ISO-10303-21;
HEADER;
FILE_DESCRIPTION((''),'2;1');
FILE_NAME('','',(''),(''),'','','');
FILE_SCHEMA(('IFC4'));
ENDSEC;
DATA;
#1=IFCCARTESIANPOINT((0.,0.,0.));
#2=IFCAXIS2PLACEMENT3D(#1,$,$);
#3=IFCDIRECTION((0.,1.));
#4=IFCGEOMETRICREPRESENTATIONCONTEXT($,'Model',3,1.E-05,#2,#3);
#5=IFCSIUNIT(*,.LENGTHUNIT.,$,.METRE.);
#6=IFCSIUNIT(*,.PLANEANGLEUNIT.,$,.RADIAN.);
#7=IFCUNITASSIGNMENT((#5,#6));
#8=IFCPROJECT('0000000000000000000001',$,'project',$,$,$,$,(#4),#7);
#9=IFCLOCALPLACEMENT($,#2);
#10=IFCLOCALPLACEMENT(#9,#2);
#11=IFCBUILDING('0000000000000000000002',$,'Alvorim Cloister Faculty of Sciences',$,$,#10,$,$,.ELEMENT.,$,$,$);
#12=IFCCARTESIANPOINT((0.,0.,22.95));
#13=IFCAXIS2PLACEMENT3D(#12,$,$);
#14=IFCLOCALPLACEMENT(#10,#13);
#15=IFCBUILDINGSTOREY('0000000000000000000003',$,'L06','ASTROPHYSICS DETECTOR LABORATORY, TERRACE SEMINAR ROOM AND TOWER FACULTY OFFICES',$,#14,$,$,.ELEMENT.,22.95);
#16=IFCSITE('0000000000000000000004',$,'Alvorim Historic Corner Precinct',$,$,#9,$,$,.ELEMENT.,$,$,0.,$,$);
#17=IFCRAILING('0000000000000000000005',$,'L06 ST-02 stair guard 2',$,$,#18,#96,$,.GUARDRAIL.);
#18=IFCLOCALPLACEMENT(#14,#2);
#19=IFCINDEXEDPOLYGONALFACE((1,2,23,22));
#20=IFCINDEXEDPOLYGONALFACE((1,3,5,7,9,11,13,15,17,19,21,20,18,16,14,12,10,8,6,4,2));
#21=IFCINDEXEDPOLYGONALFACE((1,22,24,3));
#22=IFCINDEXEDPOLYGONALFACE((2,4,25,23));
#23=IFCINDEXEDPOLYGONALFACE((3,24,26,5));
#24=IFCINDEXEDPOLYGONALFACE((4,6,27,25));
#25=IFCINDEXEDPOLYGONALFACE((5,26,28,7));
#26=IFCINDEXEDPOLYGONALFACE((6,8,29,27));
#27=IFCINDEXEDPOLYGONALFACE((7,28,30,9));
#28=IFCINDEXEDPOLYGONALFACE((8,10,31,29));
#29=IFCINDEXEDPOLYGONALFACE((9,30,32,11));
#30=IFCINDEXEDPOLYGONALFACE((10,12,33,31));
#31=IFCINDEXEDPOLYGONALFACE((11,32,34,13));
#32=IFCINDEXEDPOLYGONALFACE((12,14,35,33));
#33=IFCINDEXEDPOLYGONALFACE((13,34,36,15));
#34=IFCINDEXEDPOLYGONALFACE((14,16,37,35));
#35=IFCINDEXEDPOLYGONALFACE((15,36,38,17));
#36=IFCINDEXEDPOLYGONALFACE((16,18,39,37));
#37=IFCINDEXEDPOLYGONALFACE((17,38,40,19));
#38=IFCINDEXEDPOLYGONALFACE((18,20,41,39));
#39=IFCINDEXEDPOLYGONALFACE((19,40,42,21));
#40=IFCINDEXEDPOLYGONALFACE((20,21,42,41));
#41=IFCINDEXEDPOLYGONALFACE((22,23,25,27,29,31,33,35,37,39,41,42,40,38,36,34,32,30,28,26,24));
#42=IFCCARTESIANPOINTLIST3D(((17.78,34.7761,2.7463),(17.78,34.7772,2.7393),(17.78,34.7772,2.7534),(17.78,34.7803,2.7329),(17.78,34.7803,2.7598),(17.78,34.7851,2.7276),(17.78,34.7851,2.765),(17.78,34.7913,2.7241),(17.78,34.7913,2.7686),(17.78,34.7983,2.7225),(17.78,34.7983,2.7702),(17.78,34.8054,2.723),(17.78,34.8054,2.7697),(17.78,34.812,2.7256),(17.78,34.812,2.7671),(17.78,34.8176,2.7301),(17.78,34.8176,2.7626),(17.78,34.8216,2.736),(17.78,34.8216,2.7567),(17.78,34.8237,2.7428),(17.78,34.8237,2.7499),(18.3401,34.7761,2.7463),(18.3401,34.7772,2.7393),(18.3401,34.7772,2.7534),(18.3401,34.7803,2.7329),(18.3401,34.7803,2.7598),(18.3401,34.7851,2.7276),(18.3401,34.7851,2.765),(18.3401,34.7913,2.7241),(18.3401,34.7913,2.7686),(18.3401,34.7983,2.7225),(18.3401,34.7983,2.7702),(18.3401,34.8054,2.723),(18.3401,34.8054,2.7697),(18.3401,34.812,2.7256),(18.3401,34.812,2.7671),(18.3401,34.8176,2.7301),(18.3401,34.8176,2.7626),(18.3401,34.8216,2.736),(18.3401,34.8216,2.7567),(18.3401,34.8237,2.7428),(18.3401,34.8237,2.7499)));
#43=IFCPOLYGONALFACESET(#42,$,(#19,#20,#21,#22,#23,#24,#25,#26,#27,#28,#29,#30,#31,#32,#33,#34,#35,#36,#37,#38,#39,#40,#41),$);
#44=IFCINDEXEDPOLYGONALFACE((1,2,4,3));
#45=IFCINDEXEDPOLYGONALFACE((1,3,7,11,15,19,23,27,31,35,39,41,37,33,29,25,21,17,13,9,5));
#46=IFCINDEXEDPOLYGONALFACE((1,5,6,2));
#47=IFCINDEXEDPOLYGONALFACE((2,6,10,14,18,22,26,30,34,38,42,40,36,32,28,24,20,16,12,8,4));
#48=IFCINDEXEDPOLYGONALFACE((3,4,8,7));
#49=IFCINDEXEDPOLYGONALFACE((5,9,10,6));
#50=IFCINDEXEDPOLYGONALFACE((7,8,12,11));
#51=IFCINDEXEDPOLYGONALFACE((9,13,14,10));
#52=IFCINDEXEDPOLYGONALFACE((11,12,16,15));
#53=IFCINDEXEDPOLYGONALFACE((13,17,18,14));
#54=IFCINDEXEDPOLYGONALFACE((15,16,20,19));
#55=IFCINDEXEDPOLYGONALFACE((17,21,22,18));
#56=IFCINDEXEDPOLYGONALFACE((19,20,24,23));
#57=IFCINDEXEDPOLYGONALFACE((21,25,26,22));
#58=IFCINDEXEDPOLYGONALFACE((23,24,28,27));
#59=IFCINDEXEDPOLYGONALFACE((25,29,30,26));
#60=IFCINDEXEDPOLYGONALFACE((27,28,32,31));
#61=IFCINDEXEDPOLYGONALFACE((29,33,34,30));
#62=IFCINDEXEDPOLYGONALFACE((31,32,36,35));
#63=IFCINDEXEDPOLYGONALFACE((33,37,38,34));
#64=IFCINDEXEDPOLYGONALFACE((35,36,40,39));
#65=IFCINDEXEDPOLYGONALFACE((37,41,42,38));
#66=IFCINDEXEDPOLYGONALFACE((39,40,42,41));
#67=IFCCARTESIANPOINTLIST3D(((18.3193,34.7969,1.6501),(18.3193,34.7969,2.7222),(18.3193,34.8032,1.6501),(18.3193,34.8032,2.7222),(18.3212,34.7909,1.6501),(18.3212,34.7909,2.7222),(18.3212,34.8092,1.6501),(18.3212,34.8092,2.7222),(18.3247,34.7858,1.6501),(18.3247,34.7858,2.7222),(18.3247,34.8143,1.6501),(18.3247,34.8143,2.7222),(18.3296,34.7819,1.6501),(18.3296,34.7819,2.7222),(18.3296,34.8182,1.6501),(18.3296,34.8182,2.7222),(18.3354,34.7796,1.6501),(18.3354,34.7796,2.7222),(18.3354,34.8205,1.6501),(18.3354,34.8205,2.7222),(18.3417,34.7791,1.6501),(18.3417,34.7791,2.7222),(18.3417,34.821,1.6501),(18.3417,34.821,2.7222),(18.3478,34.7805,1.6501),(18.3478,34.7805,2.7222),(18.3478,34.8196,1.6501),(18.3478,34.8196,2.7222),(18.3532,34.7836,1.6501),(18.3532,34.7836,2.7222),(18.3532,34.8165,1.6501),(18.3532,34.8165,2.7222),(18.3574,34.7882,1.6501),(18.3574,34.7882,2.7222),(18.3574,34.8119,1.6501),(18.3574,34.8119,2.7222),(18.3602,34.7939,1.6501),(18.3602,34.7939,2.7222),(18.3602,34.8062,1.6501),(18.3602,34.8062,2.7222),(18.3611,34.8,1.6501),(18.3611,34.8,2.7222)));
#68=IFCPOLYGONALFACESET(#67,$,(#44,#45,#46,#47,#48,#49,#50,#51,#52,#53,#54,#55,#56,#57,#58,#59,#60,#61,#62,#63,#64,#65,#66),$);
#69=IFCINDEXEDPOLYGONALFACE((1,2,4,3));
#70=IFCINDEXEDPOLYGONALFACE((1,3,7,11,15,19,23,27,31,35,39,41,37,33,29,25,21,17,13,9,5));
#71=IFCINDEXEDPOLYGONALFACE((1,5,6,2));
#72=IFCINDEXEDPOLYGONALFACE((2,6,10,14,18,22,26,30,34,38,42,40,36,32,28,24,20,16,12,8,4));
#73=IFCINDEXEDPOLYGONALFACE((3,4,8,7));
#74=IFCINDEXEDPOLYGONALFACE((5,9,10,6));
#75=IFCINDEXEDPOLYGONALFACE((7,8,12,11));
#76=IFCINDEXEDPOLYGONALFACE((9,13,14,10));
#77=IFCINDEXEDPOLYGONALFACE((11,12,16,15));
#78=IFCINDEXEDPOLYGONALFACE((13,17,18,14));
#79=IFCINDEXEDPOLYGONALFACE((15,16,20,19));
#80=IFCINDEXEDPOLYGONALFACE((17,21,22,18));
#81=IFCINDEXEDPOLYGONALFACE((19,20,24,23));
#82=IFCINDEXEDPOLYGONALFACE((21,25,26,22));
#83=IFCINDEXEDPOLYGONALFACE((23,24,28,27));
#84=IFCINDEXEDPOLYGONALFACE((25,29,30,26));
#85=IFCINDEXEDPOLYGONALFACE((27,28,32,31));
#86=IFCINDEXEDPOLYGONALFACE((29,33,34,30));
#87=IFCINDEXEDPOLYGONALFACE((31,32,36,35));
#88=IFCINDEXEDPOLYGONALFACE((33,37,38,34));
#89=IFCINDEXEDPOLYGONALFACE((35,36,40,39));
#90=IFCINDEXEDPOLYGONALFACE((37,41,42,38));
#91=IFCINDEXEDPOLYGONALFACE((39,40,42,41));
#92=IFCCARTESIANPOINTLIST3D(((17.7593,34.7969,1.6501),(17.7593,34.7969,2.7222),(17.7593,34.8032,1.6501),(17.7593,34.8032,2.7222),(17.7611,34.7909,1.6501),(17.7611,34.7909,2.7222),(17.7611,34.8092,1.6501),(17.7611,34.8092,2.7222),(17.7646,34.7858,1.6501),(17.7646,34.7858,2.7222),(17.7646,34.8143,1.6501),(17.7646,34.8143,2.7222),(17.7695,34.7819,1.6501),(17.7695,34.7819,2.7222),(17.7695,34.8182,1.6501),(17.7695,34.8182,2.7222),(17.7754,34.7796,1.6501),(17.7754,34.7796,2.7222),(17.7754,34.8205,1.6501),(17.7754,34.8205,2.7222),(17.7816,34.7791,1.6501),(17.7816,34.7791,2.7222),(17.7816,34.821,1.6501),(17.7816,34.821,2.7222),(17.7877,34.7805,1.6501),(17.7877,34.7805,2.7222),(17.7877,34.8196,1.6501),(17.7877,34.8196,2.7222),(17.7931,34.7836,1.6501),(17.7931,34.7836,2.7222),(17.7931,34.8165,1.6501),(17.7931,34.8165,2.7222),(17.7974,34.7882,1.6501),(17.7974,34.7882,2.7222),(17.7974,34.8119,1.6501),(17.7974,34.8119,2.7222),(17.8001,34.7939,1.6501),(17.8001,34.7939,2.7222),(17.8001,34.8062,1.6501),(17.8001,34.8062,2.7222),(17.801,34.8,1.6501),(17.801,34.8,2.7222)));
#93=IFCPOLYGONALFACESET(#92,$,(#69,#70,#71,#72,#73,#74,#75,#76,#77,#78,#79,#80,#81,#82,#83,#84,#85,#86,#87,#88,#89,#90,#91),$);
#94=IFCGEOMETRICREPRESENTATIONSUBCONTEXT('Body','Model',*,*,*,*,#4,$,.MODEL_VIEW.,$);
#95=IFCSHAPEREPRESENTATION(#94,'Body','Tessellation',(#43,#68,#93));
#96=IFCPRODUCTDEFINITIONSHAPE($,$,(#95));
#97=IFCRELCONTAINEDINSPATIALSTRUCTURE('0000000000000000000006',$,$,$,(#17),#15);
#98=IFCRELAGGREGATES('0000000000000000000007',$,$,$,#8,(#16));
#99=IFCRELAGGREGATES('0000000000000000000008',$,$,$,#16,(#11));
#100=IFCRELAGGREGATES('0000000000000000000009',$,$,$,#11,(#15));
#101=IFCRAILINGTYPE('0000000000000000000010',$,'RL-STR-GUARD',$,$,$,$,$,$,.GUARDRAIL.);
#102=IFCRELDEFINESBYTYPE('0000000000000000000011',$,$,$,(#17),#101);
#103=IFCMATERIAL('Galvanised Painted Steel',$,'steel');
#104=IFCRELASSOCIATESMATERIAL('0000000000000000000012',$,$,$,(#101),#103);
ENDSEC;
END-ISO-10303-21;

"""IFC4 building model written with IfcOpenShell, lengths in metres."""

from ifc_helpers import new_model, si_unit, direction, frame, origin, origin_2d, place, context, subcontext, project, spatial, circle, extrude, material, type_object, element, save


model = new_model("IFC4")

# Units and contexts
model_context = context("Model", 3, precision=1e-05, world=origin(), true_north=direction((0.0, 1.0)))
body_context = subcontext(model_context, "Body", "Model", "MODEL_VIEW")
ifc_project = project(units=[si_unit("LENGTHUNIT", "METRE"), si_unit("PLANEANGLEUNIT", "RADIAN")], contexts=[model_context])

# Site, building, storey
site_placement = place(None, origin())
site = spatial("IfcSite", under=ifc_project, at=site_placement, Name="Alvorim Historic Corner Precinct", CompositionType="ELEMENT", RefElevation=0.0)
building_placement = place(site_placement, origin())
building = spatial("IfcBuilding", under=site, at=building_placement, Name="Alvorim Cloister Faculty of Sciences", CompositionType="ELEMENT")
storey_placement = place(building_placement, frame((0.0, 0.0, 22.95)))
storey = spatial("IfcBuildingStorey", under=building, at=storey_placement, Name="L06", Description="ASTROPHYSICS DETECTOR LABORATORY, TERRACE SEMINAR ROOM AND TOWER FACULTY OFFICES", CompositionType="ELEMENT", Elevation=22.95)

# Railing
ifc_material_1 = material(Name="Galvanised Painted Steel", Category="steel")
railing_type_1 = type_object("IfcRailingType", Name="RL-STR-GUARD", PredefinedType="GUARDRAIL", material=ifc_material_1)
railing_1_placement = place(storey_placement, frame((18.3401, 34.8, 1.6501)))
element("IfcRailing", 1, at=railing_1_placement, inside=storey, type_object=railing_type_1, Name="L06 ST-02 stair guard 2", PredefinedType="GUARDRAIL", context=body_context, shape_type="SweptSolid", body=[
    extrude(circle(Radius=0.0239, at=origin_2d()), frame((0.0, 0.0, 1.0962), z_axis=(-1.0, 0.0, 0.0), x_axis=(0.0, -1.0, 0.0)), (0.0, 0.0, 1.0), 0.5601),
    extrude(circle(Radius=0.021, at=origin_2d()), origin(), (0.0, 0.0, 1.0), 1.072),
    extrude(circle(Radius=0.021, at=origin_2d()), frame((-0.5601, 0.0, 0.0)), (0.0, 0.0, 1.0), 1.072),
])

save(model, "model.ifc")
